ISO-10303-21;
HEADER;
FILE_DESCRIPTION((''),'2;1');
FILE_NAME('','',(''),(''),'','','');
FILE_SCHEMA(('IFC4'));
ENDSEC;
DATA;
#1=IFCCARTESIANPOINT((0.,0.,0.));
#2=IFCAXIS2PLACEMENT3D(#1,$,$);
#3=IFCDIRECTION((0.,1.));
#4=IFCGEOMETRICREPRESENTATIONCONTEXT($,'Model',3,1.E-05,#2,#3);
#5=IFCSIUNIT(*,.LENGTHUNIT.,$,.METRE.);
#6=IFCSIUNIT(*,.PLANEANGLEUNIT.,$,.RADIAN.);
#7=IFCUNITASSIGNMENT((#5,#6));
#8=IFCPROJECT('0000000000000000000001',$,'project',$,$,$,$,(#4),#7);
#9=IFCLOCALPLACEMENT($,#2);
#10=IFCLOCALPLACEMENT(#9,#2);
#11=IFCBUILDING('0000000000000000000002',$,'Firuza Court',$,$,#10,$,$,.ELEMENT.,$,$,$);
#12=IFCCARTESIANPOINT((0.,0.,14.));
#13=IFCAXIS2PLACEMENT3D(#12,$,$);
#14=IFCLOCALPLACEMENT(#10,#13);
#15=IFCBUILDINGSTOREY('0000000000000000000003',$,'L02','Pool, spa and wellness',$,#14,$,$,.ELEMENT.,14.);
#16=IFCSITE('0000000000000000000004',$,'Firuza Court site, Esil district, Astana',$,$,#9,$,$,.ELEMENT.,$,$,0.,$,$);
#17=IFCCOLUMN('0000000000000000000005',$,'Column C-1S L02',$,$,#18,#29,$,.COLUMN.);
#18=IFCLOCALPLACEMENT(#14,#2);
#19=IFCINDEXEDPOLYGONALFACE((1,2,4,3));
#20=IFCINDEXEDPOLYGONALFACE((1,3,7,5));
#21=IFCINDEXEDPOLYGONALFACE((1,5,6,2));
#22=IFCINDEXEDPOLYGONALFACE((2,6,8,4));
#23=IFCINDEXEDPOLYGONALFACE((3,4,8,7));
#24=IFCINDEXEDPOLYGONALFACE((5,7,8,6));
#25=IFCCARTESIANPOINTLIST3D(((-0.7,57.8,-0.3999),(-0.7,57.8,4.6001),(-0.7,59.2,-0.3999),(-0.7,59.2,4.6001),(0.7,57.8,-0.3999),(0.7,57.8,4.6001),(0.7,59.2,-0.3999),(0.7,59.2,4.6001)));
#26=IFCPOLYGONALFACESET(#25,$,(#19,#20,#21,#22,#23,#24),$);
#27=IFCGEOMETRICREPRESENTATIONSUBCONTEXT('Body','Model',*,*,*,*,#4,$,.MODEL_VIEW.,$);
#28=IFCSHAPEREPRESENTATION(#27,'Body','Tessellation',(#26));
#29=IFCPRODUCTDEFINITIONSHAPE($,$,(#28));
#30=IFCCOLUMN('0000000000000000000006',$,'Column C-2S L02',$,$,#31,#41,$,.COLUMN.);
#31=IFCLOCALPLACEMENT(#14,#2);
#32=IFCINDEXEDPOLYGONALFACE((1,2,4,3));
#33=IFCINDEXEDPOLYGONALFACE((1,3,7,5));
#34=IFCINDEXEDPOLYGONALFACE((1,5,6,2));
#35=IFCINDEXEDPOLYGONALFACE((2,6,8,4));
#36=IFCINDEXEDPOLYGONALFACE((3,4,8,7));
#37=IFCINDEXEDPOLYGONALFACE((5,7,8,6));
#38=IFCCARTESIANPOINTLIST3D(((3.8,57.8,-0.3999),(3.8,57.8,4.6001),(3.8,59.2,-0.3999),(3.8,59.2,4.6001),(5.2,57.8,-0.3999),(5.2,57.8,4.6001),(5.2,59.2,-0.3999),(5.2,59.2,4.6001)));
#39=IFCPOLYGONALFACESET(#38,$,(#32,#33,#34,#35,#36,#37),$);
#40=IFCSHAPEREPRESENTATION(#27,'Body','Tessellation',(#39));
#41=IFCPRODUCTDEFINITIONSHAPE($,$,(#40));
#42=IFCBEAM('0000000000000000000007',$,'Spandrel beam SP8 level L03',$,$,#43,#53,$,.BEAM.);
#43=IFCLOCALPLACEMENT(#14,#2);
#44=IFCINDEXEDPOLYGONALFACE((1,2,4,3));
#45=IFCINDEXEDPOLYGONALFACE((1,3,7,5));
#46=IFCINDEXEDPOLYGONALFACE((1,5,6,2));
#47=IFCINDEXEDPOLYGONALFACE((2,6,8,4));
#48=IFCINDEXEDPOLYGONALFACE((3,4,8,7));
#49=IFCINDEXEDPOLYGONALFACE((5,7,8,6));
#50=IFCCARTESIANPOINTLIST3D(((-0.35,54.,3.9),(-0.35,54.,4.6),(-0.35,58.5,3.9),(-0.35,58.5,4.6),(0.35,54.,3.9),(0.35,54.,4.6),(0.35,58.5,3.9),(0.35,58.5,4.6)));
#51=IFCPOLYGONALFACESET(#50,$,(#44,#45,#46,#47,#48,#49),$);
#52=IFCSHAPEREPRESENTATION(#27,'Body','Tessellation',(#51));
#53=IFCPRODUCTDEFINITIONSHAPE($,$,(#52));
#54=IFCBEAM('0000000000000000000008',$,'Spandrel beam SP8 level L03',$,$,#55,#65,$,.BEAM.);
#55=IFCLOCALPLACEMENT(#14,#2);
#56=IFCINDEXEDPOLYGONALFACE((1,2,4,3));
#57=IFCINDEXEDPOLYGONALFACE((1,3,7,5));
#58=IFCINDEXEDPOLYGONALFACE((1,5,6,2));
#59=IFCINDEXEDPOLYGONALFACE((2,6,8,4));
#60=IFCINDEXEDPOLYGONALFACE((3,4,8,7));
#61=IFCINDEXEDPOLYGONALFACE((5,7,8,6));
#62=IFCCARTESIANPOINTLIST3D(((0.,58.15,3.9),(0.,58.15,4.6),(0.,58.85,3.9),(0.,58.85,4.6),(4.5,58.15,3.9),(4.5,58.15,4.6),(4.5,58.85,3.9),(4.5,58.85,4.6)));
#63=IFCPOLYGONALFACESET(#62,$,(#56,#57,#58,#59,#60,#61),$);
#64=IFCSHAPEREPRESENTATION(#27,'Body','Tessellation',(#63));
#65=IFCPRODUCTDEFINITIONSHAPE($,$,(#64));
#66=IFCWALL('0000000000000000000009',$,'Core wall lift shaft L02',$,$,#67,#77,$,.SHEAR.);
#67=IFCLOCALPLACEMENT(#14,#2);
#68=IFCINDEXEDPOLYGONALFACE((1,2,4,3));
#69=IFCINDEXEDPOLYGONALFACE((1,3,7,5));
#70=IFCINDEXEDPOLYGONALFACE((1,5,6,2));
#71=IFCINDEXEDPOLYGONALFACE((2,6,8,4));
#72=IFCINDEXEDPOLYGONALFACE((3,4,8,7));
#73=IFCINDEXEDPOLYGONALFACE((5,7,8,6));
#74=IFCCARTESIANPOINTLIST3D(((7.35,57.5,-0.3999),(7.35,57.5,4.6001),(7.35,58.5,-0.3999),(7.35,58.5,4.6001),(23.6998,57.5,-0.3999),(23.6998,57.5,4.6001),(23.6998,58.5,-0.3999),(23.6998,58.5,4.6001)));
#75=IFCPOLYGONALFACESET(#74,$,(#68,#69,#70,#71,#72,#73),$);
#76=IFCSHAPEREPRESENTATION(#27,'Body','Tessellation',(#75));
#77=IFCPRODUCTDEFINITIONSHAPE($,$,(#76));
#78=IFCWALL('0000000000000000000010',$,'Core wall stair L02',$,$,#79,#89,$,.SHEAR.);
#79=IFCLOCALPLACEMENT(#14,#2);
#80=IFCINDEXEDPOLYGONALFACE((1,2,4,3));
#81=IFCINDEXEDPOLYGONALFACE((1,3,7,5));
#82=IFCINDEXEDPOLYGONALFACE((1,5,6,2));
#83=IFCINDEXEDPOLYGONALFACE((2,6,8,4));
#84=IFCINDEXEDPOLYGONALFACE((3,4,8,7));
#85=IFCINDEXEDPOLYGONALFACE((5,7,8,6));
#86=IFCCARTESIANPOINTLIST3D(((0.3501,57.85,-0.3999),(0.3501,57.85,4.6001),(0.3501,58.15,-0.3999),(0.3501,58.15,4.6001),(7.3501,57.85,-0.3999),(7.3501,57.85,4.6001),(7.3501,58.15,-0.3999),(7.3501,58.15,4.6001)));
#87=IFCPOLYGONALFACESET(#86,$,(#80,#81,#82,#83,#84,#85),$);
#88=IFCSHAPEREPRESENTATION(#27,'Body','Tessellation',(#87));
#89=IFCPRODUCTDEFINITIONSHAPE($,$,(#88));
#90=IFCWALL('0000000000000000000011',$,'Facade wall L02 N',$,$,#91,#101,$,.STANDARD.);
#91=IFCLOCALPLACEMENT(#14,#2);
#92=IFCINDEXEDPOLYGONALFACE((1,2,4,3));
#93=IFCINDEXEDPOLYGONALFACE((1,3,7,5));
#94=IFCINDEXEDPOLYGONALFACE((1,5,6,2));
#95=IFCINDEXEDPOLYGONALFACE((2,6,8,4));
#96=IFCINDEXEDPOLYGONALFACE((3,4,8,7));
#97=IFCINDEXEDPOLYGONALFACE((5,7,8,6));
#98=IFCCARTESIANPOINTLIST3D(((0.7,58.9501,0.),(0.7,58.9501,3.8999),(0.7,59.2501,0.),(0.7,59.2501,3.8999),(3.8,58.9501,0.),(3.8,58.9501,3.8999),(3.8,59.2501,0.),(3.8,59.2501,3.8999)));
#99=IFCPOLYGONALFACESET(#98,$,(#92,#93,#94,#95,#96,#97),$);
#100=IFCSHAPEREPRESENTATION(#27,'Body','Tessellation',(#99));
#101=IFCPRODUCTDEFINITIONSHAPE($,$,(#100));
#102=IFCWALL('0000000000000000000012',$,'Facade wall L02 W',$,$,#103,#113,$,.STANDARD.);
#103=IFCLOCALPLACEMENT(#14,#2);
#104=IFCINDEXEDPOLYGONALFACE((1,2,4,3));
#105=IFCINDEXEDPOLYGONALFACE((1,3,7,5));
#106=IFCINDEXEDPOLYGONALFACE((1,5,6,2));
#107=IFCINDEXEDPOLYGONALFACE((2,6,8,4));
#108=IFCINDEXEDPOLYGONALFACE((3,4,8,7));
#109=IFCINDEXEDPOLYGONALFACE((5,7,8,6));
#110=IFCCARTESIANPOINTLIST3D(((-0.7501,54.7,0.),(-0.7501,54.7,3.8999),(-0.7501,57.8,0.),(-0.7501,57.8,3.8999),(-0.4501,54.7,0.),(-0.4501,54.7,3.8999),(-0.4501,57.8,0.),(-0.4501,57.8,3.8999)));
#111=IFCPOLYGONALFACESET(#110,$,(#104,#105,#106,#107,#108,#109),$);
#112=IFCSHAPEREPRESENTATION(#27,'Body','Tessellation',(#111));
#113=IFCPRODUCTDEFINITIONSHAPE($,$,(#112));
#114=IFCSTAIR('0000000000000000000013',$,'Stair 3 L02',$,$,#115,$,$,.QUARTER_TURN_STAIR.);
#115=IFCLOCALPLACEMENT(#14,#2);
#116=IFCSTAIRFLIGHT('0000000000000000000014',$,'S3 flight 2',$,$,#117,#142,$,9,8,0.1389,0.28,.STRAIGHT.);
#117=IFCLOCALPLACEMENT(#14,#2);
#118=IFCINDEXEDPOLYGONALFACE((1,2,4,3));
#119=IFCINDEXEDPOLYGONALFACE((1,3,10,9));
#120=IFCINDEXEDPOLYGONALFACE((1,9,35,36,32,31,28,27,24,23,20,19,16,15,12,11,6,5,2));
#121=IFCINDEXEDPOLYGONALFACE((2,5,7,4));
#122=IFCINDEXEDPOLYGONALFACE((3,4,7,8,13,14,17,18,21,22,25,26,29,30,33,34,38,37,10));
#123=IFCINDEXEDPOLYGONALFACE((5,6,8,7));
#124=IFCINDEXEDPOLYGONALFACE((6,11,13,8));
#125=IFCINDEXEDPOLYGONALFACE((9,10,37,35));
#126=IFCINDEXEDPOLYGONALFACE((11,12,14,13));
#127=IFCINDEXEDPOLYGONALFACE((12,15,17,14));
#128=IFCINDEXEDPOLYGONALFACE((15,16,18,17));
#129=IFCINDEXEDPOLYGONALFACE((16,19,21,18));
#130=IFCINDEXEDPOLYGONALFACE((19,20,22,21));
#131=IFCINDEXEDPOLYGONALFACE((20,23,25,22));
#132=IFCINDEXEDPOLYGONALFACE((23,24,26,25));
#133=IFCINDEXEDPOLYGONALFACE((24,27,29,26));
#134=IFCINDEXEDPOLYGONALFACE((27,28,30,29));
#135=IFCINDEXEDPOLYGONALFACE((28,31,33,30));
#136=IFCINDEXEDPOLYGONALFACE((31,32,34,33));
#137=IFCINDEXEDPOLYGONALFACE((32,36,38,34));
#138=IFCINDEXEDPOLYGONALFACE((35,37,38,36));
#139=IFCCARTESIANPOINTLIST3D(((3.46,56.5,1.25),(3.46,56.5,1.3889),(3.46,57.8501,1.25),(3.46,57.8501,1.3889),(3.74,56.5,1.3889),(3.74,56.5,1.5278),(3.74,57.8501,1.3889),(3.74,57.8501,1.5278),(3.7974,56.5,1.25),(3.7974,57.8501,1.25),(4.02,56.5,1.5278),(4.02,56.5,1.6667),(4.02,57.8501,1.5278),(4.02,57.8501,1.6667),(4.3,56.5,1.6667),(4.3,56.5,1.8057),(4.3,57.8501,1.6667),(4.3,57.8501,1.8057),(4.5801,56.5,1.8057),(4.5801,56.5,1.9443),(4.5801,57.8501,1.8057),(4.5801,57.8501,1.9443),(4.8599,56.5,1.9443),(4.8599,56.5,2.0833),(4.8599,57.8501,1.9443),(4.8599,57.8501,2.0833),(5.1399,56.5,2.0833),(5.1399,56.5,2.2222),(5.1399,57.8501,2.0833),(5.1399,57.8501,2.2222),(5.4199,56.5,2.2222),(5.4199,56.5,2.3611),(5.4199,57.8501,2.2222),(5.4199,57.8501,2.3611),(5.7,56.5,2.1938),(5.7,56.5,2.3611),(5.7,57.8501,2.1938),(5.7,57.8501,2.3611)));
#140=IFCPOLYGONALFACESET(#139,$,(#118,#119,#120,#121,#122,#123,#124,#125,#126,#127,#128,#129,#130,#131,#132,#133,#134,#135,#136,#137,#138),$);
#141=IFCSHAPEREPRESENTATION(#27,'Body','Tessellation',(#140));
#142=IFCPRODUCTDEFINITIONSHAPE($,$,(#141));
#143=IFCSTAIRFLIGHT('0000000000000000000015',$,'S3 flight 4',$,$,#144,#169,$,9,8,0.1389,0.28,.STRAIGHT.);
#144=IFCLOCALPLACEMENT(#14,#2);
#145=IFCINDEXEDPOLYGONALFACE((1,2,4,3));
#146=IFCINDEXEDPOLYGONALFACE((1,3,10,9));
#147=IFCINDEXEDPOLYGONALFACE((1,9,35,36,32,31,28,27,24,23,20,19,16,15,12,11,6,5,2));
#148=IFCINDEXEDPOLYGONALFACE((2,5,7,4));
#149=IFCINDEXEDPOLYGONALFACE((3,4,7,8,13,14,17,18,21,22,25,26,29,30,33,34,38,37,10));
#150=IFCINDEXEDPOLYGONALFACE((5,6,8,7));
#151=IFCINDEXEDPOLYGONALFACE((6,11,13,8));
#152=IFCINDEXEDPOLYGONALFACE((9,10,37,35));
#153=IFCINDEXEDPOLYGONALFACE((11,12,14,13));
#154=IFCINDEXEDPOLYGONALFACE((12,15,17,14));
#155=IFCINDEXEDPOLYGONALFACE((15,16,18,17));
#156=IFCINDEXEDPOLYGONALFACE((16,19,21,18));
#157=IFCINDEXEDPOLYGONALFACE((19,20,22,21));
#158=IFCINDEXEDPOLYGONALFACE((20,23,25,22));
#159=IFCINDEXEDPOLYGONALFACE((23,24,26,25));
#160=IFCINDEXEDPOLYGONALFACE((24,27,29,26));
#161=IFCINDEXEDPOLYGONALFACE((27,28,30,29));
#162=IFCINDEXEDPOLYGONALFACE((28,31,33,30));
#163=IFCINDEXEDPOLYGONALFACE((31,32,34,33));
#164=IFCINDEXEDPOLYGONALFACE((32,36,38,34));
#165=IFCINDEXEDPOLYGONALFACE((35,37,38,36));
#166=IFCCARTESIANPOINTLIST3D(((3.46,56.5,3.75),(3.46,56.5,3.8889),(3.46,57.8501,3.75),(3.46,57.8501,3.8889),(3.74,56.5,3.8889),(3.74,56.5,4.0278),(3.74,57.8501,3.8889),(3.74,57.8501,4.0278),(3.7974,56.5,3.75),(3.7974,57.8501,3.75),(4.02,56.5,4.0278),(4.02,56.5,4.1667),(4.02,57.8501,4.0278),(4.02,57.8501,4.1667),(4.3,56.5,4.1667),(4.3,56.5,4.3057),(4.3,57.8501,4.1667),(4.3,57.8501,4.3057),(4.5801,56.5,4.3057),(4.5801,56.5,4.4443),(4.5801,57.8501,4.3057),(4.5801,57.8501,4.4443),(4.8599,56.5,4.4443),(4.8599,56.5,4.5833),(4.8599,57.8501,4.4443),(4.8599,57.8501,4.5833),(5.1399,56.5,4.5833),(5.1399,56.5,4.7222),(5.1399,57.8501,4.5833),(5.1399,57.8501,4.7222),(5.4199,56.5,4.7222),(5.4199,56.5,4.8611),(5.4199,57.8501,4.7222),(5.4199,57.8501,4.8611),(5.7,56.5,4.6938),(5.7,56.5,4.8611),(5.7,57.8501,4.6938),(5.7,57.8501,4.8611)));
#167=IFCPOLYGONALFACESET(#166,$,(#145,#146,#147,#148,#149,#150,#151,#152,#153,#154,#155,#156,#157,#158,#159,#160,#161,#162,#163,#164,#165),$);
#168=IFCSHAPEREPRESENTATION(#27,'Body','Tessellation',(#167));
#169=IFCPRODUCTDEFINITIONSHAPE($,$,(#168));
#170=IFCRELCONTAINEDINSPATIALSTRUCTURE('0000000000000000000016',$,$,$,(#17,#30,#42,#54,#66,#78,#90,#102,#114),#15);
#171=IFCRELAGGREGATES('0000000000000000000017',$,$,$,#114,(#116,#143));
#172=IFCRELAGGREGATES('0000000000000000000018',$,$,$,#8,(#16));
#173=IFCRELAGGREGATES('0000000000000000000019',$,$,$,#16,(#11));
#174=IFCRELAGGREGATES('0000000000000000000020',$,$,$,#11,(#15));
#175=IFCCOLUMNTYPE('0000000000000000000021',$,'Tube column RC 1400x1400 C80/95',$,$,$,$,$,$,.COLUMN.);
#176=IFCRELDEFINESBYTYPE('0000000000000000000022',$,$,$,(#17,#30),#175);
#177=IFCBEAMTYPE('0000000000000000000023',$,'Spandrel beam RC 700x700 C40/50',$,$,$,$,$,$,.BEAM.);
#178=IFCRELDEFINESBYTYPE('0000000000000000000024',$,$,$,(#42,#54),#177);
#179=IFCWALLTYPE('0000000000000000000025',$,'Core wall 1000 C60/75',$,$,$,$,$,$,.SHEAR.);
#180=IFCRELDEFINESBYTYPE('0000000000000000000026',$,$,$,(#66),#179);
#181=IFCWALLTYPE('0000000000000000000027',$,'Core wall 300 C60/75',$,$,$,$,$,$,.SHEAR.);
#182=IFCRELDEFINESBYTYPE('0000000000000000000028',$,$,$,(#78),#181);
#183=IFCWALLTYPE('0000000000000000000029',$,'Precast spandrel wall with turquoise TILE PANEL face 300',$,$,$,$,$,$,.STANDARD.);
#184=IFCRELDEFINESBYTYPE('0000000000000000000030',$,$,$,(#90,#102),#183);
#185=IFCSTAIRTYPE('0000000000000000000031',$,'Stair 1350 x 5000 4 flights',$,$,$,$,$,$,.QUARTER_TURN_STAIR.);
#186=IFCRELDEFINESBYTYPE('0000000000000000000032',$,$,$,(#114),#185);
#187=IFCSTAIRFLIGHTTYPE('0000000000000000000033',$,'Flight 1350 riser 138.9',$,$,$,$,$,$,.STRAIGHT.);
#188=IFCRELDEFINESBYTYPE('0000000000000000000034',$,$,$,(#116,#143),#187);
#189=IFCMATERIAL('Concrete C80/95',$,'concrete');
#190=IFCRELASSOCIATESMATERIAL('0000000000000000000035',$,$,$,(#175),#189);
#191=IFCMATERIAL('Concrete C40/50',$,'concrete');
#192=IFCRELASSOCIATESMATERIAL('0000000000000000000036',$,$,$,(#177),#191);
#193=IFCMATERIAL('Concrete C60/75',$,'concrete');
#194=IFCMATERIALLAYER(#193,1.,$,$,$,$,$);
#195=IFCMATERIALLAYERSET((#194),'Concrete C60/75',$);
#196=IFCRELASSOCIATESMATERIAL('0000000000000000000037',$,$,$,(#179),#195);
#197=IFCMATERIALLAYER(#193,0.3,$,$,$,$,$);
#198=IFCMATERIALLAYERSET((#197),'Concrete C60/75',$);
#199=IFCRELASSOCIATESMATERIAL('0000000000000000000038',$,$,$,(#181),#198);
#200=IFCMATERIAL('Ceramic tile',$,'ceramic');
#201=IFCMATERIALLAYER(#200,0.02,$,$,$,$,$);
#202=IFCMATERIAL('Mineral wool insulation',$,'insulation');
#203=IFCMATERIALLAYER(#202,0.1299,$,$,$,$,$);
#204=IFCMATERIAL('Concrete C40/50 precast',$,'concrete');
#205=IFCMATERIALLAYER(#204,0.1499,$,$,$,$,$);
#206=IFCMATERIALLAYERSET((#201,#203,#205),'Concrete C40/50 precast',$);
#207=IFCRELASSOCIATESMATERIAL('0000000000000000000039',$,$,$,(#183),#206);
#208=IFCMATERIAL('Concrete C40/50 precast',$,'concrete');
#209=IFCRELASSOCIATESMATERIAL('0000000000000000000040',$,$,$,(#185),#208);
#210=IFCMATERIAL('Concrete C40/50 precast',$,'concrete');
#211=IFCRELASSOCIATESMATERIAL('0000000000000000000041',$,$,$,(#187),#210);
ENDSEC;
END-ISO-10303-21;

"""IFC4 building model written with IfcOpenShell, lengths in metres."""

from ifc_helpers import new_model, si_unit, direction, frame, frame_2d, origin, origin_2d, place, context, subcontext, project, spatial, polyline, rectangle, outline, extrude, material, layer, layer_set, material_profile, profile_set, type_object, element, aggregate, save


model = new_model("IFC4")

# Units and contexts
model_context = context("Model", 3, precision=1e-05, world=origin(), true_north=direction((0.0, 1.0)))
body_context = subcontext(model_context, "Body", "Model", "MODEL_VIEW")
ifc_project = project(units=[si_unit("LENGTHUNIT", "METRE"), si_unit("PLANEANGLEUNIT", "RADIAN")], contexts=[model_context])

# Site, building, storey
site_placement = place(None, origin())
site = spatial("IfcSite", under=ifc_project, at=site_placement, Name="Firuza Court site, Esil district, Astana", CompositionType="ELEMENT", RefElevation=0.0)
building_placement = place(site_placement, origin())
building = spatial("IfcBuilding", under=site, at=building_placement, Name="Firuza Court", CompositionType="ELEMENT")
storey_placement = place(building_placement, frame((0.0, 0.0, 14.0)))
storey = spatial("IfcBuildingStorey", under=building, at=storey_placement, Name="L02", Description="Pool, spa and wellness", CompositionType="ELEMENT", Elevation=14.0)

# Columns
ifc_material_1 = material(Name="Concrete C80/95", Category="concrete")
ifc_material_profile_1 = material_profile(ifc_material_1, rectangle(XDim=1.3999, YDim=1.3999, at=origin_2d()), Name="RC 1400x1400")
ifc_profile_set_1 = profile_set([ifc_material_profile_1], Name="Concrete C80/95")
column_type = type_object("IfcColumnType", Name="Tube column RC 1400x1400 C80/95", PredefinedType="COLUMN", material=ifc_profile_set_1)
for number, where, z_axis, x_axis, name in (
    (1, (0.0, 58.5, -0.3999), (0.0, 0.0, 1.0), (1.0, 0.0, 0.0), "Column C-1S L02"),
    (2, (4.5, 58.5, -0.3999), (0.0, 0.0, 1.0), (1.0, 0.0, 0.0), "Column C-2S L02"),
):
    element("IfcColumn", number, at=place(storey_placement, frame(where, z_axis=z_axis, x_axis=x_axis)), inside=storey, type_object=column_type, Name=name, PredefinedType="COLUMN", context=body_context, shape_type="SweptSolid", body=[
        extrude(rectangle(XDim=1.3999, YDim=1.3999, at=origin_2d()), origin(), (0.0, 0.0, 1.0), 5.0),
    ])

# Beams
ifc_material_2 = material(Name="Concrete C40/50", Category="concrete")
ifc_material_profile_2 = material_profile(ifc_material_2, rectangle(XDim=0.7, YDim=0.7, at=origin_2d()), Name="RC 700x700")
ifc_profile_set_2 = profile_set([ifc_material_profile_2], Name="Concrete C40/50")
beam_type = type_object("IfcBeamType", Name="Spandrel beam RC 700x700 C40/50", PredefinedType="BEAM", material=ifc_profile_set_2)
for number, where, z_axis, x_axis, name in (
    (3, (0.0, 58.5, 4.25), (0.0, -1.0, 0.0), (1.0, 0.0, 0.0), "Spandrel beam SP8 level L03"),
    (4, (4.5, 58.5, 4.25), (-1.0, 0.0, 0.0), (0.0, -1.0, 0.0), "Spandrel beam SP8 level L03"),
):
    element("IfcBeam", number, at=place(storey_placement, frame(where, z_axis=z_axis, x_axis=x_axis)), inside=storey, type_object=beam_type, Name=name, PredefinedType="BEAM", context=body_context, shape_type="SweptSolid", body=[
        extrude(rectangle(XDim=0.7, YDim=0.7, at=origin_2d()), origin(), (0.0, 0.0, 1.0), 4.5),
    ])

# Walls
ifc_material_3 = material(Name="Concrete C60/75", Category="concrete")
ifc_layer_1 = layer(ifc_material_3, 1.0)
ifc_layer_set_1 = layer_set([ifc_layer_1], Name="Concrete C60/75")
wall_type_1 = type_object("IfcWallType", Name="Core wall 1000 C60/75", PredefinedType="SHEAR", material=ifc_layer_set_1)
wall_1_placement = place(storey_placement, frame((7.3501, 58.0, -0.3999), z_axis=(0.0, 0.0, 1.0), x_axis=(1.0, 0.0, 0.0)))
element("IfcWall", 5, at=wall_1_placement, inside=storey, type_object=wall_type_1, Name="Core wall lift shaft L02", PredefinedType="SHEAR", context=body_context, shape_type="SweptSolid", body=[
    extrude(rectangle(XDim=16.3499, YDim=1.0, at=frame_2d((8.1748, 0.0))), origin(), (0.0, 0.0, 1.0), 5.0),
])
ifc_layer_2 = layer(ifc_material_3, 0.3)
ifc_layer_set_2 = layer_set([ifc_layer_2], Name="Concrete C60/75")
wall_type_2 = type_object("IfcWallType", Name="Core wall 300 C60/75", PredefinedType="SHEAR", material=ifc_layer_set_2)
wall_2_placement = place(storey_placement, frame((0.3501, 58.0, -0.3999), z_axis=(0.0, 0.0, 1.0), x_axis=(1.0, 0.0, 0.0)))
element("IfcWall", 6, at=wall_2_placement, inside=storey, type_object=wall_type_2, Name="Core wall stair L02", PredefinedType="SHEAR", context=body_context, shape_type="SweptSolid", body=[
    extrude(rectangle(XDim=7.0, YDim=0.3, at=frame_2d((3.5, 0.0))), origin(), (0.0, 0.0, 1.0), 5.0),
])
ifc_material_4 = material(Name="Ceramic tile", Category="ceramic")
ifc_layer_3 = layer(ifc_material_4, 0.02)
ifc_material_5 = material(Name="Mineral wool insulation", Category="insulation")
ifc_layer_4 = layer(ifc_material_5, 0.1299)
ifc_material_6 = material(Name="Concrete C40/50 precast", Category="concrete")
ifc_layer_5 = layer(ifc_material_6, 0.1499)
ifc_layer_set_3 = layer_set([ifc_layer_3, ifc_layer_4, ifc_layer_5], Name="Concrete C40/50 precast")
wall_type_3 = type_object("IfcWallType", Name="Precast spandrel wall with turquoise TILE PANEL face 300", PredefinedType="STANDARD", material=ifc_layer_set_3)
for number, where, z_axis, x_axis, name in (
    (7, (3.8, 59.1001, 0.0), (0.0, 0.0, 1.0), (-1.0, 0.0, 0.0), "Facade wall L02 N"),
    (8, (-0.6001, 57.8, 0.0), (0.0, 0.0, 1.0), (0.0, -1.0, 0.0), "Facade wall L02 W"),
):
    element("IfcWall", number, at=place(storey_placement, frame(where, z_axis=z_axis, x_axis=x_axis)), inside=storey, type_object=wall_type_3, Name=name, PredefinedType="STANDARD", context=body_context, shape_type="SweptSolid", body=[
        extrude(rectangle(XDim=3.1001, YDim=0.3, at=frame_2d((1.55, 0.0))), origin(), (0.0, 0.0, 1.0), 3.8999),
    ])

# Stair, stair flights
ifc_material_7 = material(Name="Concrete C40/50 precast", Category="concrete")
stair_type = type_object("IfcStairType", Name="Stair 1350 x 5000 4 flights", PredefinedType="QUARTER_TURN_STAIR", material=ifc_material_7)
stair_placement = place(storey_placement, origin())
stair = element("IfcStair", 9, at=stair_placement, inside=storey, type_object=stair_type, Name="Stair 3 L02", PredefinedType="QUARTER_TURN_STAIR")
ifc_material_8 = material(Name="Concrete C40/50 precast", Category="concrete")
stair_flight_type = type_object("IfcStairFlightType", Name="Flight 1350 riser 138.9", PredefinedType="STRAIGHT", material=ifc_material_8)
stair_flight_1_placement = place(storey_placement, frame((3.46, 57.175, 1.25), z_axis=(0.0, 0.0, 1.0), x_axis=(1.0, 0.0, 0.0)))
stair_flight_1 = element("IfcStairFlight", 10, at=stair_flight_1_placement, type_object=stair_flight_type, Name="S3 flight 2", NumberOfRisers=9, NumberOfTreads=8, PredefinedType="STRAIGHT", RiserHeight=0.1389, TreadLength=0.28, context=body_context, shape_type="SweptSolid", body=[
    extrude(outline(polyline([(0.0, 0.0), (0.0, 0.1389), (0.28, 0.1389), (0.28, 0.2778), (0.5601, 0.2778), (0.5601, 0.4167), (0.8401, 0.4167), (0.8401, 0.5557), (1.1201, 0.5557), (1.1201, 0.6943), (1.3999, 0.6943), (1.3999, 0.8333), (1.6799, 0.8333), (1.6799, 0.9722), (1.96, 0.9722), (1.96, 1.1111), (2.24, 1.1111), (2.24, 1.25), (2.24, 0.9438), (0.3374, 0.0), (0.0, 0.0)])), frame((0.0, 0.675, 0.0), z_axis=(0.0, -1.0, 0.0), x_axis=(1.0, 0.0, 0.0)), (0.0, 0.0, 1.0), 1.3501),
])
stair_flight_2_placement = place(storey_placement, frame((3.46, 57.175, 3.75), z_axis=(0.0, 0.0, 1.0), x_axis=(1.0, 0.0, 0.0)))
stair_flight_2 = element("IfcStairFlight", 11, at=stair_flight_2_placement, type_object=stair_flight_type, Name="S3 flight 4", NumberOfRisers=9, NumberOfTreads=8, PredefinedType="STRAIGHT", RiserHeight=0.1389, TreadLength=0.28, context=body_context, shape_type="SweptSolid", body=[
    extrude(outline(polyline([(0.0, 0.0), (0.0, 0.1389), (0.28, 0.1389), (0.28, 0.2778), (0.5601, 0.2778), (0.5601, 0.4167), (0.8401, 0.4167), (0.8401, 0.5557), (1.1201, 0.5557), (1.1201, 0.6943), (1.3999, 0.6943), (1.3999, 0.8333), (1.6799, 0.8333), (1.6799, 0.9722), (1.96, 0.9722), (1.96, 1.1111), (2.24, 1.1111), (2.24, 1.25), (2.24, 0.9438), (0.3374, 0.0), (0.0, 0.0)])), frame((0.0, 0.675, 0.0), z_axis=(0.0, -1.0, 0.0), x_axis=(1.0, 0.0, 0.0)), (0.0, 0.0, 1.0), 1.3501),
])
aggregate(stair, [stair_flight_1, stair_flight_2])

save(model, "model.ifc")
